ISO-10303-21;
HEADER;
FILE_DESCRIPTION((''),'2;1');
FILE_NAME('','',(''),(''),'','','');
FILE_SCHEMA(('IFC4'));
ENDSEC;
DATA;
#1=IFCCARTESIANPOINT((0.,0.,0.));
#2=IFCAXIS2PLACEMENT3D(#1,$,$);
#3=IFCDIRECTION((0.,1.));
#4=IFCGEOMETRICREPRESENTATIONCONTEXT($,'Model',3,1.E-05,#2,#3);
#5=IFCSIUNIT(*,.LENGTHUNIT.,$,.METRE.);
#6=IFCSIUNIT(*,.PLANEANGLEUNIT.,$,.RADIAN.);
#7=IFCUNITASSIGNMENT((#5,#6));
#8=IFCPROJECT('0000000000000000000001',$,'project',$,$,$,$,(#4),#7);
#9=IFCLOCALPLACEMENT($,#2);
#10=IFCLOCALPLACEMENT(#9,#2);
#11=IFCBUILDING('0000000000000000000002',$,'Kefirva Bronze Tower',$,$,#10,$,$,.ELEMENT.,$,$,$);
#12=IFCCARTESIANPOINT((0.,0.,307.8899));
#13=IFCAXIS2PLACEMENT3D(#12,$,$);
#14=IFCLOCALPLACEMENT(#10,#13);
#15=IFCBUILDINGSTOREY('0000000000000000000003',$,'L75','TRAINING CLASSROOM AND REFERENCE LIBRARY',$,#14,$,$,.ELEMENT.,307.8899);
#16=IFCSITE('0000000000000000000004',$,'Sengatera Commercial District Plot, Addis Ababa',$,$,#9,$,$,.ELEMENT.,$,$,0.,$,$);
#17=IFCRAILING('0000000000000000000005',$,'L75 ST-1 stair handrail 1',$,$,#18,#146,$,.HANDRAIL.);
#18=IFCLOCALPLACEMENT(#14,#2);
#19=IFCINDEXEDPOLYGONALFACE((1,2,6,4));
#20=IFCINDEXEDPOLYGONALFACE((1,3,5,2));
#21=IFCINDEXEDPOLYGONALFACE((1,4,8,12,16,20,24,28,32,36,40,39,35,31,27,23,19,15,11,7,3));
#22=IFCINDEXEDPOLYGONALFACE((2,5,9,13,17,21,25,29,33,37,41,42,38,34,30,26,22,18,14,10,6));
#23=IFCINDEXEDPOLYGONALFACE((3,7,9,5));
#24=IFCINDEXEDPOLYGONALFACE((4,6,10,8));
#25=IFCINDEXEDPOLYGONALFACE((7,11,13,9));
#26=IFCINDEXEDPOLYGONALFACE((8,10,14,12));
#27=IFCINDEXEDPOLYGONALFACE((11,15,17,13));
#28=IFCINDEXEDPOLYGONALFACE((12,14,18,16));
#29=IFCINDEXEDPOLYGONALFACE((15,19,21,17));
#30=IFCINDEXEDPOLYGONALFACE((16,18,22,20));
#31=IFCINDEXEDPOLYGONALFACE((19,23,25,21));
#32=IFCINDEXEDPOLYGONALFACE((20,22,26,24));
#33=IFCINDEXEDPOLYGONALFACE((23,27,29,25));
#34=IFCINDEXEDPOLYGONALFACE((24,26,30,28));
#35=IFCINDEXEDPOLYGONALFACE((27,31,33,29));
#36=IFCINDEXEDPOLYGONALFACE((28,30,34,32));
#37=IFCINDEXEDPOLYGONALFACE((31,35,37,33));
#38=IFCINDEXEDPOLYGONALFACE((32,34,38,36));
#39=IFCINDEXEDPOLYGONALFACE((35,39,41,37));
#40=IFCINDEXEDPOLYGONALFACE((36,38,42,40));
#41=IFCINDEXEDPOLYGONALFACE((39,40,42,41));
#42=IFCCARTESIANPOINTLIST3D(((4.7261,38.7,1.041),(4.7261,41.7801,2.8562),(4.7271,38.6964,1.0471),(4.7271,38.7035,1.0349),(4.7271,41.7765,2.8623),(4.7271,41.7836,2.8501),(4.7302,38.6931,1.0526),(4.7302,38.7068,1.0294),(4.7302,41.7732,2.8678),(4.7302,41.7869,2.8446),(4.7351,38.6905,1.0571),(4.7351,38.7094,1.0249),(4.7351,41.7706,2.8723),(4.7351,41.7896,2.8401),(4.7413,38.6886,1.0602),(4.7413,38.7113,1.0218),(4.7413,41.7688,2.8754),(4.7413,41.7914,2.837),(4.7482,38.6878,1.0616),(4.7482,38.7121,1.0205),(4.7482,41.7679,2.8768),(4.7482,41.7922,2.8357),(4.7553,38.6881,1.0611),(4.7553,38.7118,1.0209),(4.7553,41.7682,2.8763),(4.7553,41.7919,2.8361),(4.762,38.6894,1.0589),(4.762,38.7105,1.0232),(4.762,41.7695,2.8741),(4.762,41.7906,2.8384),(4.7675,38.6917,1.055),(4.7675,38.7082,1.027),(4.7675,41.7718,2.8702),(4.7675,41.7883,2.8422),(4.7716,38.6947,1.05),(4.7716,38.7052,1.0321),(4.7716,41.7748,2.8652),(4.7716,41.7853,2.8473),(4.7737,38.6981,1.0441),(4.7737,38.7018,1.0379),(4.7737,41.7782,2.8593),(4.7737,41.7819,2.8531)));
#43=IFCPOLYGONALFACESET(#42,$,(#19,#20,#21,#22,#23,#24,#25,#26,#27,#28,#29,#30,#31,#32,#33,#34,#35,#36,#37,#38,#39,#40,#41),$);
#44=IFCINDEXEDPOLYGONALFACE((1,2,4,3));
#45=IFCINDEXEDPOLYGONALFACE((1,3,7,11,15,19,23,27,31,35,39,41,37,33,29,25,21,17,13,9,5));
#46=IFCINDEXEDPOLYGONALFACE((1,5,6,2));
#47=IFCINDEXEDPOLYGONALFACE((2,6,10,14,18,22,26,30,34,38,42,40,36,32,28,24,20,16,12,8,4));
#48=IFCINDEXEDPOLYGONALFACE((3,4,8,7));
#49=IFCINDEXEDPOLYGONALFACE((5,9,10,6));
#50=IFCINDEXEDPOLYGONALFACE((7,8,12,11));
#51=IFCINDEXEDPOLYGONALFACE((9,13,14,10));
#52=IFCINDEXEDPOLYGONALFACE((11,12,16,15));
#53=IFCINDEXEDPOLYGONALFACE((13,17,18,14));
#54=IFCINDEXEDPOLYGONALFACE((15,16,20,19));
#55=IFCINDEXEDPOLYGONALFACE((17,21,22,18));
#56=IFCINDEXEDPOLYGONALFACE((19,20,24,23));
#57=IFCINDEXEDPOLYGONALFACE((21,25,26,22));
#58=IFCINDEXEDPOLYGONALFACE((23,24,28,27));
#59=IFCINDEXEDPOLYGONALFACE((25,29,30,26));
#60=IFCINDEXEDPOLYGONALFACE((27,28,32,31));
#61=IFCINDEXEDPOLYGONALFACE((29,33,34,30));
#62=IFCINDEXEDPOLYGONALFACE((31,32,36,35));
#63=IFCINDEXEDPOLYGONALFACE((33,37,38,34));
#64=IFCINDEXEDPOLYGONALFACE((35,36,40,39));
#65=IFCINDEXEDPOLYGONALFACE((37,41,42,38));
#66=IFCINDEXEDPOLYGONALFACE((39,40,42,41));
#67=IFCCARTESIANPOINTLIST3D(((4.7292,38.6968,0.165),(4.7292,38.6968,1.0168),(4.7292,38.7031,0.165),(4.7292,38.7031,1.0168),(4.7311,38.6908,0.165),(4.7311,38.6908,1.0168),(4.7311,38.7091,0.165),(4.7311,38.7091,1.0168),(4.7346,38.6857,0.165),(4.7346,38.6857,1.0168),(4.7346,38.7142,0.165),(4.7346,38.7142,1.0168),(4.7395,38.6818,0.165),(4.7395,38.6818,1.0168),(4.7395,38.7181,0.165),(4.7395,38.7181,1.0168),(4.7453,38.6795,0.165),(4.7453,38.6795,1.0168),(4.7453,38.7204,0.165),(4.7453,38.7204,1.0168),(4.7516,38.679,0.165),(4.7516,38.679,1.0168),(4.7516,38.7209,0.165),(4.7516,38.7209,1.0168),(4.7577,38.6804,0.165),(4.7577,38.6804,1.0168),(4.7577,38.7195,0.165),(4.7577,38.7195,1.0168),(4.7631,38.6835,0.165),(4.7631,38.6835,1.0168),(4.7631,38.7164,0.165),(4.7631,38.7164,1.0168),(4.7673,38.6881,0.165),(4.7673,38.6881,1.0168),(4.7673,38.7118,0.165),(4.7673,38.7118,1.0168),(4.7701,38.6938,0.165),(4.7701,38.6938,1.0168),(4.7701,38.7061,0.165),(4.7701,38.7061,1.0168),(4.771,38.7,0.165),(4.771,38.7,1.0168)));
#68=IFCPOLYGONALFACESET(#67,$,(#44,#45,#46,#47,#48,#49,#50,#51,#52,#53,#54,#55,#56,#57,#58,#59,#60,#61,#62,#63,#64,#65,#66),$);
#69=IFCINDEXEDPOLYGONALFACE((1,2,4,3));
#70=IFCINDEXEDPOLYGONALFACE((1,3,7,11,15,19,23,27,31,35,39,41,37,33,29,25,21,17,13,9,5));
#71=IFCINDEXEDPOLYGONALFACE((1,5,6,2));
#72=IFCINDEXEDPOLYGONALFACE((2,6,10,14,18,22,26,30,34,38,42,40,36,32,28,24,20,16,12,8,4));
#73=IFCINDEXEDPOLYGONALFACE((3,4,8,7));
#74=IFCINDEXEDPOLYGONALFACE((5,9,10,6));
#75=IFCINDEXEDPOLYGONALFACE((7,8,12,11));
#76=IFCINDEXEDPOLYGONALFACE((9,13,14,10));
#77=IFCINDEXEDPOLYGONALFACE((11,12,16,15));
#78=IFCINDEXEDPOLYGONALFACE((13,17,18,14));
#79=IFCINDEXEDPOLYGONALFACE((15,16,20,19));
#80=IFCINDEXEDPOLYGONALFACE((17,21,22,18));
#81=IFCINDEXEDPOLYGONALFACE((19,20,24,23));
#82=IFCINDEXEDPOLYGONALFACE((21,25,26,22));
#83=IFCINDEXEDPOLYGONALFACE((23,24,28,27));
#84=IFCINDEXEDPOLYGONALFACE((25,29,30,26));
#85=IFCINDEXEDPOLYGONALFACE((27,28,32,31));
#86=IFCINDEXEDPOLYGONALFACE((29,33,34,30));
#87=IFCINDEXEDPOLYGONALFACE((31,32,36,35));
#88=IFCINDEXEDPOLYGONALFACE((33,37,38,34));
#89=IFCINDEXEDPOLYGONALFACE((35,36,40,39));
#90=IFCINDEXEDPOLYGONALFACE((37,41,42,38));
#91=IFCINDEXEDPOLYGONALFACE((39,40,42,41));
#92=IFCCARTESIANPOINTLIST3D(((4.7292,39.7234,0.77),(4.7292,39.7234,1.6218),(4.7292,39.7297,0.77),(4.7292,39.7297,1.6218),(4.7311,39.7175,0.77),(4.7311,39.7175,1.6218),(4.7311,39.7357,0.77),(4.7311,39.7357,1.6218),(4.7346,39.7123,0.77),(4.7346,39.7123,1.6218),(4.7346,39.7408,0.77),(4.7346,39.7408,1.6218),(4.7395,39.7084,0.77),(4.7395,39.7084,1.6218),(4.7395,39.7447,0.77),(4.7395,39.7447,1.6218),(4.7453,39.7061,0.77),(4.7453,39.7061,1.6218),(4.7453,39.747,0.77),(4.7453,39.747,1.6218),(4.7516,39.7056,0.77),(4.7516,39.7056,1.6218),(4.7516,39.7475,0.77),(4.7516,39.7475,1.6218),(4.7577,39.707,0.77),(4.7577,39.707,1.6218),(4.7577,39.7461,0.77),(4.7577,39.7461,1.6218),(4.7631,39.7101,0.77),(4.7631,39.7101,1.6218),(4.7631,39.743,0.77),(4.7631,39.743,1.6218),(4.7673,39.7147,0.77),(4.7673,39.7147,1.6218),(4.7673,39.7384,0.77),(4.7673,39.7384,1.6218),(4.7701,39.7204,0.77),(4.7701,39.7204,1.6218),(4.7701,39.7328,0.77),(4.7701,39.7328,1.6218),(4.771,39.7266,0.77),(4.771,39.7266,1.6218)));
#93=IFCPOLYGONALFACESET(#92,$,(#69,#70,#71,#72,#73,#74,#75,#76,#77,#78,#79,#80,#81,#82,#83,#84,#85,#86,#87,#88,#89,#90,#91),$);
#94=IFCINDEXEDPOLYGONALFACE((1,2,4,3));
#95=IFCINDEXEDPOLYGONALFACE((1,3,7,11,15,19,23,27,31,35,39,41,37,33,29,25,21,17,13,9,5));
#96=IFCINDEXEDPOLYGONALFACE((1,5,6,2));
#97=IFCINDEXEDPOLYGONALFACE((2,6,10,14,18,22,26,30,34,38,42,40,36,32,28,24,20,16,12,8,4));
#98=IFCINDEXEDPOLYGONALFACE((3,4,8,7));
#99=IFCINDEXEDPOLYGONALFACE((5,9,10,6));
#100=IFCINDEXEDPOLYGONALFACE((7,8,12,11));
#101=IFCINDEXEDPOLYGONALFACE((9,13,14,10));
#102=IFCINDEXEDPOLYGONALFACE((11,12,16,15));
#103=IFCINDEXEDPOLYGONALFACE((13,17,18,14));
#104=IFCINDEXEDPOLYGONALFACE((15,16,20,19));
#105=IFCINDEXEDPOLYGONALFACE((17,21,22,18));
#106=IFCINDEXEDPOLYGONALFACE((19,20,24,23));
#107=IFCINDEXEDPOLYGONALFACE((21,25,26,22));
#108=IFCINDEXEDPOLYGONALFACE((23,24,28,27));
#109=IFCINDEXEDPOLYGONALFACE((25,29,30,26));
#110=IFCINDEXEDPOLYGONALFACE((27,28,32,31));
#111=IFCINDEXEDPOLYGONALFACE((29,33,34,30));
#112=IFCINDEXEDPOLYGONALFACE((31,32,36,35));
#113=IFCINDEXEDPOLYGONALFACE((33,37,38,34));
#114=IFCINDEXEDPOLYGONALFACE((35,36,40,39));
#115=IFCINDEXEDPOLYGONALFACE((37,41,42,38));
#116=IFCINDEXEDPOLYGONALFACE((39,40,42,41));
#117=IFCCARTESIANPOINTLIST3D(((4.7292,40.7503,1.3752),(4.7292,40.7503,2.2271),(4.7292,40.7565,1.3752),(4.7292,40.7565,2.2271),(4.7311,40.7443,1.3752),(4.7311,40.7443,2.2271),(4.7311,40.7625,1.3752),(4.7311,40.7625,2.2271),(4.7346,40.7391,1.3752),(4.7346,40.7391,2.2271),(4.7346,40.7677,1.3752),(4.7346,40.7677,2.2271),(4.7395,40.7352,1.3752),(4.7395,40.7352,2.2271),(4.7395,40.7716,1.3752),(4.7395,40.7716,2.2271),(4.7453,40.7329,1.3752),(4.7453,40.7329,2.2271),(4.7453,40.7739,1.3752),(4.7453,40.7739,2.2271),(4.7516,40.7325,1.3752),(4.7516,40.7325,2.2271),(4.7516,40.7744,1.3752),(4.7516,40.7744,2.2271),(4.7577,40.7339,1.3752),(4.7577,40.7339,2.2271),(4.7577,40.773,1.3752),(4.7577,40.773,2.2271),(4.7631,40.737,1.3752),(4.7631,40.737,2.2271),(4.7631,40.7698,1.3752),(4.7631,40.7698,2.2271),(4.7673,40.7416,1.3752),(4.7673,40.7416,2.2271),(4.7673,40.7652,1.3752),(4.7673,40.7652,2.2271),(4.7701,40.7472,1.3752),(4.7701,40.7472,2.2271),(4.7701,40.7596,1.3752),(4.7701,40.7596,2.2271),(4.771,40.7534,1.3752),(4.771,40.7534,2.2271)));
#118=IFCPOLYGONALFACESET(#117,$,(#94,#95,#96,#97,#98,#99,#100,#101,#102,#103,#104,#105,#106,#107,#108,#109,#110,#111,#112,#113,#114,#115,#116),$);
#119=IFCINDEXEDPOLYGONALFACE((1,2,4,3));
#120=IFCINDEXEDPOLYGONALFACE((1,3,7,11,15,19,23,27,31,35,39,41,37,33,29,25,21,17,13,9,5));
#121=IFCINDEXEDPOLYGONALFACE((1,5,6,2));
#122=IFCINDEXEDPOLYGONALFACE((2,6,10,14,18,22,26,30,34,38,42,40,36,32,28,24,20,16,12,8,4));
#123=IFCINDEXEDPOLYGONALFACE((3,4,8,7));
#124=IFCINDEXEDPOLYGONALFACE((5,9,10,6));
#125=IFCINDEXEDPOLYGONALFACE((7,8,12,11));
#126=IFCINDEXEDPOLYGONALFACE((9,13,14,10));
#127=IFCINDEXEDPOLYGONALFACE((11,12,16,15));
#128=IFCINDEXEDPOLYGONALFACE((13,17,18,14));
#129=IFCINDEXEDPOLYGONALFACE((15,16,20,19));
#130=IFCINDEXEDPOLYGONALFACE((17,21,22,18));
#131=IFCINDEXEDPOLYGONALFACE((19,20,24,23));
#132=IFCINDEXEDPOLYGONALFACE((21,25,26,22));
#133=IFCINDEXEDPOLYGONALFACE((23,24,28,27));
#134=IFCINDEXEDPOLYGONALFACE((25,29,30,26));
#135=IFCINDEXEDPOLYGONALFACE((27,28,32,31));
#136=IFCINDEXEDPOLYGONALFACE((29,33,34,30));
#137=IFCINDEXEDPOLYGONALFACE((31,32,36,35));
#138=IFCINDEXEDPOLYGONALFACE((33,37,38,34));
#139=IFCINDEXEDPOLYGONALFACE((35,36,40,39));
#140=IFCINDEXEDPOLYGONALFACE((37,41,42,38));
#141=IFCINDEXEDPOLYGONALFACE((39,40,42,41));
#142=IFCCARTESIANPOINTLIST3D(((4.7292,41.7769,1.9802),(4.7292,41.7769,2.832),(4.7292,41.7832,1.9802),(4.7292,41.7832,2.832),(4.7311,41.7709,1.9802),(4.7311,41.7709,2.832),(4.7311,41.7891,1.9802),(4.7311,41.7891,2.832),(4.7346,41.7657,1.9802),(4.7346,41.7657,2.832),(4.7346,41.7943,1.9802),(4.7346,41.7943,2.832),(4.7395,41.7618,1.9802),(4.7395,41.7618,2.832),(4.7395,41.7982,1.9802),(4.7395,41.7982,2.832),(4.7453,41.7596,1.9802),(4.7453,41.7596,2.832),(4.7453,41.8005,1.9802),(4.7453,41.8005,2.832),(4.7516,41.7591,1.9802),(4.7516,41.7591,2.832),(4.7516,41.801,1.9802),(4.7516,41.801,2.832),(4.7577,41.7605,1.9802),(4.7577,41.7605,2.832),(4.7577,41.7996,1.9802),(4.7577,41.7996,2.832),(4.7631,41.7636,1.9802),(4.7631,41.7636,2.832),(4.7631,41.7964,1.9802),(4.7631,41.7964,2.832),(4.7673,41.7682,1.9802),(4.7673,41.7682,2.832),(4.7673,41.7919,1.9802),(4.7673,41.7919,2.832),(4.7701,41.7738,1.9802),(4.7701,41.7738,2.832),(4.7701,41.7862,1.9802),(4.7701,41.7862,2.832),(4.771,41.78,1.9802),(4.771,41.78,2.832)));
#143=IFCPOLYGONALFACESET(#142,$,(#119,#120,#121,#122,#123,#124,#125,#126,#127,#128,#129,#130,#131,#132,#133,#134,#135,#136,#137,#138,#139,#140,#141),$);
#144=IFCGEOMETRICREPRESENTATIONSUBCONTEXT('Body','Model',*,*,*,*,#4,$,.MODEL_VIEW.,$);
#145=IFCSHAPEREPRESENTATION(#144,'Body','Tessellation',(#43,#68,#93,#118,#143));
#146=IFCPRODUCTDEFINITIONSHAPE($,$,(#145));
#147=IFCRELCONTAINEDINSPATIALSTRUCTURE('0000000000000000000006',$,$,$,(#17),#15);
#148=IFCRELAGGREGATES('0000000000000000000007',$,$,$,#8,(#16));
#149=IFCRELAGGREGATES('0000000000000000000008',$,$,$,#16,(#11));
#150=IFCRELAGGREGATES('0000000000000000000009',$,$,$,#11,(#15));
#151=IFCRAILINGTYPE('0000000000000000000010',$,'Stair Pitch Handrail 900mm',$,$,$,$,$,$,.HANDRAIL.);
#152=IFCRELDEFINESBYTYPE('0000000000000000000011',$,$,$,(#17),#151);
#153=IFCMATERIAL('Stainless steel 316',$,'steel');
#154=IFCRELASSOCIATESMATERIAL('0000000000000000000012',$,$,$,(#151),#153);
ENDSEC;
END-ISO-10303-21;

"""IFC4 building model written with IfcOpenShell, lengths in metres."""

from ifc_helpers import new_model, si_unit, direction, frame, origin, origin_2d, place, context, subcontext, project, spatial, circle, extrude, material, type_object, element, save


model = new_model("IFC4")

# Units and contexts
model_context = context("Model", 3, precision=1e-05, world=origin(), true_north=direction((0.0, 1.0)))
body_context = subcontext(model_context, "Body", "Model", "MODEL_VIEW")
ifc_project = project(units=[si_unit("LENGTHUNIT", "METRE"), si_unit("PLANEANGLEUNIT", "RADIAN")], contexts=[model_context])

# Site, building, storey
site_placement = place(None, origin())
site = spatial("IfcSite", under=ifc_project, at=site_placement, Name="Sengatera Commercial District Plot, Addis Ababa", CompositionType="ELEMENT", RefElevation=0.0)
building_placement = place(site_placement, origin())
building = spatial("IfcBuilding", under=site, at=building_placement, Name="Kefirva Bronze Tower", CompositionType="ELEMENT")
storey_placement = place(building_placement, frame((0.0, 0.0, 307.8899)))
storey = spatial("IfcBuildingStorey", under=building, at=storey_placement, Name="L75", Description="TRAINING CLASSROOM AND REFERENCE LIBRARY", CompositionType="ELEMENT", Elevation=307.8899)

# Railing
ifc_material_1 = material(Name="Stainless steel 316", Category="steel")
railing_type_1 = type_object("IfcRailingType", Name="Stair Pitch Handrail 900mm", PredefinedType="HANDRAIL", material=ifc_material_1)
railing_1_placement = place(storey_placement, frame((4.75, 38.7, 0.165)))
element("IfcRailing", 1, at=railing_1_placement, inside=storey, type_object=railing_type_1, Name="L75 ST-1 stair handrail 1", PredefinedType="HANDRAIL", context=body_context, shape_type="SweptSolid", body=[
    extrude(circle(Radius=0.0239, at=origin_2d()), frame((0.0, 0.0, 0.876), z_axis=(0.0, 0.861521, 0.507721), x_axis=(-1.0, 0.0, 0.0)), (0.0, 0.0, 1.0), 3.5752),
    extrude(circle(Radius=0.021, at=origin_2d()), origin(), (0.0, 0.0, 1.0), 0.8518),
    extrude(circle(Radius=0.021, at=origin_2d()), frame((0.0, 1.0266, 0.605)), (0.0, 0.0, 1.0), 0.8518),
    extrude(circle(Radius=0.021, at=origin_2d()), frame((0.0, 2.0535, 1.2102)), (0.0, 0.0, 1.0), 0.8518),
    extrude(circle(Radius=0.021, at=origin_2d()), frame((0.0, 3.0801, 1.8152)), (0.0, 0.0, 1.0), 0.8518),
])

save(model, "model.ifc")
